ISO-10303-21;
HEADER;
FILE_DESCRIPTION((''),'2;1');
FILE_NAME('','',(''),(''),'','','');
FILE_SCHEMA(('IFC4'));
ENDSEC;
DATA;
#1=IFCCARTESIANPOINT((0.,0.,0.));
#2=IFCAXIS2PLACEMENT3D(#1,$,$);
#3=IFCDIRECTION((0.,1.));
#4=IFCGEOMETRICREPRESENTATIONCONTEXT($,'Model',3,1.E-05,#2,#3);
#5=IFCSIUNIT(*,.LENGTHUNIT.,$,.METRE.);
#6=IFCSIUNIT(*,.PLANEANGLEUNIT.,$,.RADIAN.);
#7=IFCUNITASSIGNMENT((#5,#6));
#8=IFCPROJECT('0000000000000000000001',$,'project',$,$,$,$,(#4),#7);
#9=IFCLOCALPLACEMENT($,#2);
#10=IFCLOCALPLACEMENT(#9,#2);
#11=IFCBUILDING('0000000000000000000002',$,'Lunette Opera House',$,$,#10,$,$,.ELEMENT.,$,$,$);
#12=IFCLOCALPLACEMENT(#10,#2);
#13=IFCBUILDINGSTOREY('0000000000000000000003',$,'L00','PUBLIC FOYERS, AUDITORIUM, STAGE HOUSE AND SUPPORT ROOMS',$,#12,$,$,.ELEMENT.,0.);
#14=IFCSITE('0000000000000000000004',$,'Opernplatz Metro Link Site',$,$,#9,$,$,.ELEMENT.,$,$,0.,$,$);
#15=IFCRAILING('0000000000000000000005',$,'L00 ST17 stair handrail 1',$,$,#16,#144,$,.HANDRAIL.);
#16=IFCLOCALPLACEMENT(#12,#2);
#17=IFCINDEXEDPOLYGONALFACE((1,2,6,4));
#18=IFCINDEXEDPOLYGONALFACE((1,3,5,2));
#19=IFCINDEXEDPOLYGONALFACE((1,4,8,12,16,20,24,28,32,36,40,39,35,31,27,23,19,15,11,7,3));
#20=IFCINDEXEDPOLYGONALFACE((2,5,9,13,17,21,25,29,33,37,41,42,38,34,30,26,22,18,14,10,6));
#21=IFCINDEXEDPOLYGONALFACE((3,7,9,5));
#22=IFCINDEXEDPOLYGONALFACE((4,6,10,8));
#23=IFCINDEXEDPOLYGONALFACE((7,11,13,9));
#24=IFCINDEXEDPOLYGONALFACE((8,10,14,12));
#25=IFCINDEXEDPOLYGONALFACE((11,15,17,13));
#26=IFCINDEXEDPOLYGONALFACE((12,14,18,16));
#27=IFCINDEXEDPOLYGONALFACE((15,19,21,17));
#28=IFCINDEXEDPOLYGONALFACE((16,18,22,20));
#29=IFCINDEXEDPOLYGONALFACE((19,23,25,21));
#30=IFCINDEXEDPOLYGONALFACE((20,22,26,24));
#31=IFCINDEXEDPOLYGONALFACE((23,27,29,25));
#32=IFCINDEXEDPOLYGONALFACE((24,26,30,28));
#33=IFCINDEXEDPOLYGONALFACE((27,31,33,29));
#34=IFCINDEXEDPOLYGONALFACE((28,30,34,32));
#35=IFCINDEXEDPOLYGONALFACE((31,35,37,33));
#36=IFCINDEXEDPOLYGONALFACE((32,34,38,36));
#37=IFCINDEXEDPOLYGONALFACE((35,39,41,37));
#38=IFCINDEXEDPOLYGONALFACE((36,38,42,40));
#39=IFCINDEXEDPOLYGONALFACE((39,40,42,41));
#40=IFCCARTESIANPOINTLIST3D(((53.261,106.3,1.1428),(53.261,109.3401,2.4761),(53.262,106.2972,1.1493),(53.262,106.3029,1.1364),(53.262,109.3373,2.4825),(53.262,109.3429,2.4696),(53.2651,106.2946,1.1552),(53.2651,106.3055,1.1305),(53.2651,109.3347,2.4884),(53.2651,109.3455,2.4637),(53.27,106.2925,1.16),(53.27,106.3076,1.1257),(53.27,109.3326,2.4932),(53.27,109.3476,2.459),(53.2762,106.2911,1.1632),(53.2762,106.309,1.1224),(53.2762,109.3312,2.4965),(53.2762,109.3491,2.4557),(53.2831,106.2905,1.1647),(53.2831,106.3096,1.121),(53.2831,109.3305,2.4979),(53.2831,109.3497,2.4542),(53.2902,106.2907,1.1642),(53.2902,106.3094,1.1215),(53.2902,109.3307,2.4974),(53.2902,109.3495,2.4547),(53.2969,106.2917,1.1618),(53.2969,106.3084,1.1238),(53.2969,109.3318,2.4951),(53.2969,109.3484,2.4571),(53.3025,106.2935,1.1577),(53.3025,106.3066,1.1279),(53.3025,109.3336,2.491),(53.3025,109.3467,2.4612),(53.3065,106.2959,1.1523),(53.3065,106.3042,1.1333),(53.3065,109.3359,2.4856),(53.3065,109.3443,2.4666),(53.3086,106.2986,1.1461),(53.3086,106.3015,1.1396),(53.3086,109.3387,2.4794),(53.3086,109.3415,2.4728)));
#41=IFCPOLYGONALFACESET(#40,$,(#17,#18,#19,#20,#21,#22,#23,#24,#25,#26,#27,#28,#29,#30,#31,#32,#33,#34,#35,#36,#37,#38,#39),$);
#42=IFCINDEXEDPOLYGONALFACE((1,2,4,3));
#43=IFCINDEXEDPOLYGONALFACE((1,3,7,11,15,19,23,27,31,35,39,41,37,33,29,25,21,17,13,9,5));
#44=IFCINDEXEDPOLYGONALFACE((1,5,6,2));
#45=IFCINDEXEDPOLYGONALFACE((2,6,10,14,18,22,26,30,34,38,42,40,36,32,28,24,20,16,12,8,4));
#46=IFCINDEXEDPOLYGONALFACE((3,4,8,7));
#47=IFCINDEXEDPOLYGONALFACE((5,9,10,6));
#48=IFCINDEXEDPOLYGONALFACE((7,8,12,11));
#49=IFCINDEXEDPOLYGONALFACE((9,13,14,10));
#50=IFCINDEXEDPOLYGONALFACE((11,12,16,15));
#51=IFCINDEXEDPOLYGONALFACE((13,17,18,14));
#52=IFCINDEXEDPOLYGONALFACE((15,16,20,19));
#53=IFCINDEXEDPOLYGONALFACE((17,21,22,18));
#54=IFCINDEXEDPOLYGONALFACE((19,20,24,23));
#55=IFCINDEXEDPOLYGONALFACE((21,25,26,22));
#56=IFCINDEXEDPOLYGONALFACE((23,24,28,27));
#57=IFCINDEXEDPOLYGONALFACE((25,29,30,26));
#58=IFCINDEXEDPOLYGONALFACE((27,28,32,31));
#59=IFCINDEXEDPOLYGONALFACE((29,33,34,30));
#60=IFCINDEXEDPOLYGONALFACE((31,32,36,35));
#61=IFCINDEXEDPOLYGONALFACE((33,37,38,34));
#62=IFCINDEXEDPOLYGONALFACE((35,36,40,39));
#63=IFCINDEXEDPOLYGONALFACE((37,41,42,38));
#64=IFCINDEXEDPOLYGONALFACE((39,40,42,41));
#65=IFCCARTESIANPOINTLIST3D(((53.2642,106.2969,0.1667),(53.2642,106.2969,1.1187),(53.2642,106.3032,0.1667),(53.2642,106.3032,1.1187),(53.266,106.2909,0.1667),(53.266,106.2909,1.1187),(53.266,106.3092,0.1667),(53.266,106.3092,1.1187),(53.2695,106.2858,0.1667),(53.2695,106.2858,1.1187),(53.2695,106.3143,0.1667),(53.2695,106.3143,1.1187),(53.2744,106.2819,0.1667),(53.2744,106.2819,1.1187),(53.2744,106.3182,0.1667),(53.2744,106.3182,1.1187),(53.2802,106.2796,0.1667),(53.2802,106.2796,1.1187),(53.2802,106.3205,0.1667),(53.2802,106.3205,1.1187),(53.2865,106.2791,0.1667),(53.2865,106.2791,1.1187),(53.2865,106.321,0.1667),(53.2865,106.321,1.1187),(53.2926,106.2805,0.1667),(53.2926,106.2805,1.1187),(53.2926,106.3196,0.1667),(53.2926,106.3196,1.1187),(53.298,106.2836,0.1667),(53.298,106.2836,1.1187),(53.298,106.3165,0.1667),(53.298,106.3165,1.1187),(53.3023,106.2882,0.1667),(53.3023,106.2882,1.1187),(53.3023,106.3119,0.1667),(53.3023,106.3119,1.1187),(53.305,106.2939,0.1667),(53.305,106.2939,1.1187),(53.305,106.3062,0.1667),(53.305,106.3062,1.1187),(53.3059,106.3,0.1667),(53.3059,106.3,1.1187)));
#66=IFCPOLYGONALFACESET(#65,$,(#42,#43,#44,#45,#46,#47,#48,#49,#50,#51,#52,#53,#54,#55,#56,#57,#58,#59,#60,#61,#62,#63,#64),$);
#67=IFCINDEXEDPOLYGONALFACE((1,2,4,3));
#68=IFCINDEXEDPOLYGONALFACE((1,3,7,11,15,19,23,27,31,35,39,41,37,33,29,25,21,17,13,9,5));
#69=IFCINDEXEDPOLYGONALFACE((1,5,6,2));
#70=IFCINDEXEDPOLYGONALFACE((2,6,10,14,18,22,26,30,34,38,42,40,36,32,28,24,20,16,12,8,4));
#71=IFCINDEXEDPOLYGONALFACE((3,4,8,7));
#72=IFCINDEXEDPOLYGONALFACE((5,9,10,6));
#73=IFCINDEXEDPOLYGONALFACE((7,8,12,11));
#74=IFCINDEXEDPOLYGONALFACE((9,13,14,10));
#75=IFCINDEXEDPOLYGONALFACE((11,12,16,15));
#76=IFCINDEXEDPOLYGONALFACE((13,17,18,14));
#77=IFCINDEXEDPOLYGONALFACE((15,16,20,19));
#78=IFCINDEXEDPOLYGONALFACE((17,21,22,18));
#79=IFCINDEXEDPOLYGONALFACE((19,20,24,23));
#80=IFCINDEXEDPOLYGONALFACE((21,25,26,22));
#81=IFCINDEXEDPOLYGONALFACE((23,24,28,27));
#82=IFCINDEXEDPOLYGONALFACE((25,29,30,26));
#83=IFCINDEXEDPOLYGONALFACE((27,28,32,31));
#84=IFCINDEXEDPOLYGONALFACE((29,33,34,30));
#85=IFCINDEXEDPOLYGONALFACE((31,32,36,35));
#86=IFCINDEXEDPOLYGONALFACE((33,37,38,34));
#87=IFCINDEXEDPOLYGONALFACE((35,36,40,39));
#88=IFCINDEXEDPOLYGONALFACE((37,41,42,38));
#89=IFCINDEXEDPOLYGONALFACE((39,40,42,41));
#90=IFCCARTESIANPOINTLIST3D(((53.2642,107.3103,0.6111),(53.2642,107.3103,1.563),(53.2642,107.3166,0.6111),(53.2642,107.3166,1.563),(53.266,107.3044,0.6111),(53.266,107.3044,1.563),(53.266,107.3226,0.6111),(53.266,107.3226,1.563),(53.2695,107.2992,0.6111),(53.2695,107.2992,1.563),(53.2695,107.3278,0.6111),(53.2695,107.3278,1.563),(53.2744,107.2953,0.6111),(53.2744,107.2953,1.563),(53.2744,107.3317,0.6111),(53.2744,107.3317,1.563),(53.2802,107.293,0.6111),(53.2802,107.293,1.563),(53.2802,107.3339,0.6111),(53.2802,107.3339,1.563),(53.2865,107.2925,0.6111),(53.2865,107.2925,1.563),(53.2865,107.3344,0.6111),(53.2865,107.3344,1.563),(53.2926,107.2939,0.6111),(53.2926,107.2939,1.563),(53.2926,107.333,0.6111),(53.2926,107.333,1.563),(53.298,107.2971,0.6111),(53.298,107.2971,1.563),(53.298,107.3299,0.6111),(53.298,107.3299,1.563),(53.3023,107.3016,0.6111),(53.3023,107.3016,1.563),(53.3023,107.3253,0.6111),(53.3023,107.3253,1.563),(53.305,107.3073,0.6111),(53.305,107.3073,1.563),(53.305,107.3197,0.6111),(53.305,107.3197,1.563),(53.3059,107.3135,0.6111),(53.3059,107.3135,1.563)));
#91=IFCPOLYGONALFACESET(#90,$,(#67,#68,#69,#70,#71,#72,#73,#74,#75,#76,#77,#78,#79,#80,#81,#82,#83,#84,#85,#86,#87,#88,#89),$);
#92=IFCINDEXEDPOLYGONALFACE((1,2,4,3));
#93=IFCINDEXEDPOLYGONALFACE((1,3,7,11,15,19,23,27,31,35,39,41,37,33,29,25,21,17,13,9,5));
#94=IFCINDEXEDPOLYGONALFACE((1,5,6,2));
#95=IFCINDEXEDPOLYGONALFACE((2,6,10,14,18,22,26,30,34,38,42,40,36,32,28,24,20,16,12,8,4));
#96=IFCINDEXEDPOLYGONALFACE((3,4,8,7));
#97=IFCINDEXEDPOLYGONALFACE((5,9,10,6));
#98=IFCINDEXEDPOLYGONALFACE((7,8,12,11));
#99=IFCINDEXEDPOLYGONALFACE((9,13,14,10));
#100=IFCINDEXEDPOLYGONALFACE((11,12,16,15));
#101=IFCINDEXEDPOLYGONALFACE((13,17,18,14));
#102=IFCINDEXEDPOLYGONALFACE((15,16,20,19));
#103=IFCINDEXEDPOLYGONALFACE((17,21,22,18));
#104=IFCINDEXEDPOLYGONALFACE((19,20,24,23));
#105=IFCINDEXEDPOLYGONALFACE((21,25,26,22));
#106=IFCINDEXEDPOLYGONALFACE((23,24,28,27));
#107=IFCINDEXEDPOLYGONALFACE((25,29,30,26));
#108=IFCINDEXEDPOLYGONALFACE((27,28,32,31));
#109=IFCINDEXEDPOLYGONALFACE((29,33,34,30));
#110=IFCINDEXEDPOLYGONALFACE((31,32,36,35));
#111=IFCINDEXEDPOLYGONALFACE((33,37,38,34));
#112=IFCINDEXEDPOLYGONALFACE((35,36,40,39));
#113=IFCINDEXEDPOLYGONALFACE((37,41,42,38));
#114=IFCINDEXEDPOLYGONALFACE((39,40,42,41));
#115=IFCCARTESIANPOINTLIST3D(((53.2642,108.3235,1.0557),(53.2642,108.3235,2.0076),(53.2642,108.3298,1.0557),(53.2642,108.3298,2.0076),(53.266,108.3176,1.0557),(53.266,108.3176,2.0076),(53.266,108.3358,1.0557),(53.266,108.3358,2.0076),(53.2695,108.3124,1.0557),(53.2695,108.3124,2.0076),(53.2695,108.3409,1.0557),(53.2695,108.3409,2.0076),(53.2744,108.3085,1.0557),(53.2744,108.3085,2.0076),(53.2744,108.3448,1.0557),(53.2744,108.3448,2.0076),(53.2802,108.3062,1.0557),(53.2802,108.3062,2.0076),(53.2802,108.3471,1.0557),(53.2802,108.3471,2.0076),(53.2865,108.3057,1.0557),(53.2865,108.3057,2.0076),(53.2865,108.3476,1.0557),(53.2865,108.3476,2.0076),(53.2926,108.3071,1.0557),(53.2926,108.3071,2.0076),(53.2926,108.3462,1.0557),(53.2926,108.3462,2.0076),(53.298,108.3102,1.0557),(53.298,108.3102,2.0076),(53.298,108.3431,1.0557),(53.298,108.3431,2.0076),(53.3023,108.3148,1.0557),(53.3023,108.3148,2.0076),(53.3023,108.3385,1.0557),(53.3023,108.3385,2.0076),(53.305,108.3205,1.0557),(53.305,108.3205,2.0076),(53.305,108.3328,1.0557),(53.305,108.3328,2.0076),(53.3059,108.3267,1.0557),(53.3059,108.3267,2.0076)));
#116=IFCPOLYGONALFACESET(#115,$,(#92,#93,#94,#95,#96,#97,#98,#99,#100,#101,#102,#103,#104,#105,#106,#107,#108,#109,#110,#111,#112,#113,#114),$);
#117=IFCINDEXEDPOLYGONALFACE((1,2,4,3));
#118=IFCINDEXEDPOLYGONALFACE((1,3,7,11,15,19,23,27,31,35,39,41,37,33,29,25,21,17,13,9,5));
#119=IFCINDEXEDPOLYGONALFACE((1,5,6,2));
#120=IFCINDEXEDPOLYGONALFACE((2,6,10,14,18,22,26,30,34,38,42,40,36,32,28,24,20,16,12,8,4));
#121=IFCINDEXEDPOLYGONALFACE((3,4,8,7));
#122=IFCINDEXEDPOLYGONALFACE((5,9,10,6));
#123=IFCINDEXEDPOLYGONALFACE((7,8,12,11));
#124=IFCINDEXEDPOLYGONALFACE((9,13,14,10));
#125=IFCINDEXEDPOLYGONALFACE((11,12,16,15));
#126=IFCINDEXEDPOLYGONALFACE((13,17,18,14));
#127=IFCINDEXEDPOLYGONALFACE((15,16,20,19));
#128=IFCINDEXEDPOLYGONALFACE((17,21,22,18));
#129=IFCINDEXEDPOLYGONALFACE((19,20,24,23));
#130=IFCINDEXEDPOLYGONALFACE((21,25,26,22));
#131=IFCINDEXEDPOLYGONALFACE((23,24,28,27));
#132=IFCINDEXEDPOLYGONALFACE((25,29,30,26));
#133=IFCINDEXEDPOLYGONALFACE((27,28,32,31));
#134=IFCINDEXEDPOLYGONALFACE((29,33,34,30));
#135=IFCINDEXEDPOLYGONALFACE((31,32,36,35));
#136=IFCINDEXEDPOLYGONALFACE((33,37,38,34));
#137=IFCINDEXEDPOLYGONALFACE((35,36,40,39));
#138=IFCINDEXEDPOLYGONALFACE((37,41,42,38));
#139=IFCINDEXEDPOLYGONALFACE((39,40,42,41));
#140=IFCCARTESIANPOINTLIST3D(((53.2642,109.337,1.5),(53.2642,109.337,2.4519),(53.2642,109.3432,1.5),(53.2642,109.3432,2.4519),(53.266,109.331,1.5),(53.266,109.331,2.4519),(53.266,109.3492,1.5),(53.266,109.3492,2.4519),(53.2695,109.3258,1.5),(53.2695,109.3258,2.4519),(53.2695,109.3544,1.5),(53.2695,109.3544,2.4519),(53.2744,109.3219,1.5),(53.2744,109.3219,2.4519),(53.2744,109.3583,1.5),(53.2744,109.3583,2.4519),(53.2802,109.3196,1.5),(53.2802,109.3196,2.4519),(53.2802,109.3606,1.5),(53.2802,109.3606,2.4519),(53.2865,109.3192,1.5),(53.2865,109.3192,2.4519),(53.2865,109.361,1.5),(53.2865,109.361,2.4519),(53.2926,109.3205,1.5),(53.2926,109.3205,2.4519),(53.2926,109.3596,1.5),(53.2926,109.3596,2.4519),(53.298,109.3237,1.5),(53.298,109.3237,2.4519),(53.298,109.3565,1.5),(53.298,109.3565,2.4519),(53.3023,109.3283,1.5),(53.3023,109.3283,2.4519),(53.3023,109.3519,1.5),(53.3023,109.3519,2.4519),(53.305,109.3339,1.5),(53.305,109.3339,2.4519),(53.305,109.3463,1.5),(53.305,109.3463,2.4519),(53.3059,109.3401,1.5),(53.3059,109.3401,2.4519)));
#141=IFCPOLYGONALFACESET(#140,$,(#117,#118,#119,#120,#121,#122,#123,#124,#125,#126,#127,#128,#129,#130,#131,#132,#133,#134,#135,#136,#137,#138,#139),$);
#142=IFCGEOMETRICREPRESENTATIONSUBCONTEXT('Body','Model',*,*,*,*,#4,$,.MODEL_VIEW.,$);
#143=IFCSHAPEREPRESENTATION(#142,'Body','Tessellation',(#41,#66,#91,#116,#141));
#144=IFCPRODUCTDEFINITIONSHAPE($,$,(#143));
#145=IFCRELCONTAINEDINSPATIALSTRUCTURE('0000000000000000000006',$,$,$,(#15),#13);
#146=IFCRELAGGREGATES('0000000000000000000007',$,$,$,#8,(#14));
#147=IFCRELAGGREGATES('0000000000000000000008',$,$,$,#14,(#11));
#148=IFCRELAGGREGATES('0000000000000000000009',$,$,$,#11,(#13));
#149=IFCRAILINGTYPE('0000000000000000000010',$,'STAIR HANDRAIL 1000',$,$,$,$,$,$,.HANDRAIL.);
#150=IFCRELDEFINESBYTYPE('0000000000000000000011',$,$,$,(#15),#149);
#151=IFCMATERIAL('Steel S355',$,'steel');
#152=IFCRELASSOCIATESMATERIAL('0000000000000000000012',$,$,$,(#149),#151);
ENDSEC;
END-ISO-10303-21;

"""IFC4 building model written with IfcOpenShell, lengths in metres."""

from ifc_helpers import new_model, si_unit, direction, frame, origin, origin_2d, place, context, subcontext, project, spatial, circle, extrude, material, type_object, element, save


model = new_model("IFC4")

# Units and contexts
model_context = context("Model", 3, precision=1e-05, world=origin(), true_north=direction((0.0, 1.0)))
body_context = subcontext(model_context, "Body", "Model", "MODEL_VIEW")
ifc_project = project(units=[si_unit("LENGTHUNIT", "METRE"), si_unit("PLANEANGLEUNIT", "RADIAN")], contexts=[model_context])

# Site, building, storey
site_placement = place(None, origin())
site = spatial("IfcSite", under=ifc_project, at=site_placement, Name="Opernplatz Metro Link Site", CompositionType="ELEMENT", RefElevation=0.0)
building_placement = place(site_placement, origin())
building = spatial("IfcBuilding", under=site, at=building_placement, Name="Lunette Opera House", CompositionType="ELEMENT")
storey_placement = place(building_placement, origin())
storey = spatial("IfcBuildingStorey", under=building, at=storey_placement, Name="L00", Description="PUBLIC FOYERS, AUDITORIUM, STAGE HOUSE AND SUPPORT ROOMS", CompositionType="ELEMENT", Elevation=0.0)

# Railing
ifc_material_1 = material(Name="Steel S355", Category="steel")
railing_type_1 = type_object("IfcRailingType", Name="STAIR HANDRAIL 1000", PredefinedType="HANDRAIL", material=ifc_material_1)
for number, where, name in (
    (1, (53.2849, 106.3, 0.1667), "L00 ST17 stair handrail 1"),
):
    element("IfcRailing", number, at=place(storey_placement, frame(where)), inside=storey, type_object=railing_type_1, Name=name, PredefinedType="HANDRAIL", context=body_context, shape_type="SweptSolid", body=[
        extrude(circle(Radius=0.0239, at=origin_2d()), frame((0.0, 0.0, 0.9761), z_axis=(0.0, 0.915799, 0.401637), x_axis=(-1.0, 0.0, 0.0)), (0.0, 0.0, 1.0), 3.3196),
        extrude(circle(Radius=0.021, at=origin_2d()), origin(), (0.0, 0.0, 1.0), 0.9519),
        extrude(circle(Radius=0.021, at=origin_2d()), frame((0.0, 1.0134, 0.4443)), (0.0, 0.0, 1.0), 0.9519),
        extrude(circle(Radius=0.021, at=origin_2d()), frame((0.0, 2.0266, 0.8889)), (0.0, 0.0, 1.0), 0.9519),
        extrude(circle(Radius=0.021, at=origin_2d()), frame((0.0, 3.04, 1.3333)), (0.0, 0.0, 1.0), 0.9519),
    ])

save(model, "model.ifc")
